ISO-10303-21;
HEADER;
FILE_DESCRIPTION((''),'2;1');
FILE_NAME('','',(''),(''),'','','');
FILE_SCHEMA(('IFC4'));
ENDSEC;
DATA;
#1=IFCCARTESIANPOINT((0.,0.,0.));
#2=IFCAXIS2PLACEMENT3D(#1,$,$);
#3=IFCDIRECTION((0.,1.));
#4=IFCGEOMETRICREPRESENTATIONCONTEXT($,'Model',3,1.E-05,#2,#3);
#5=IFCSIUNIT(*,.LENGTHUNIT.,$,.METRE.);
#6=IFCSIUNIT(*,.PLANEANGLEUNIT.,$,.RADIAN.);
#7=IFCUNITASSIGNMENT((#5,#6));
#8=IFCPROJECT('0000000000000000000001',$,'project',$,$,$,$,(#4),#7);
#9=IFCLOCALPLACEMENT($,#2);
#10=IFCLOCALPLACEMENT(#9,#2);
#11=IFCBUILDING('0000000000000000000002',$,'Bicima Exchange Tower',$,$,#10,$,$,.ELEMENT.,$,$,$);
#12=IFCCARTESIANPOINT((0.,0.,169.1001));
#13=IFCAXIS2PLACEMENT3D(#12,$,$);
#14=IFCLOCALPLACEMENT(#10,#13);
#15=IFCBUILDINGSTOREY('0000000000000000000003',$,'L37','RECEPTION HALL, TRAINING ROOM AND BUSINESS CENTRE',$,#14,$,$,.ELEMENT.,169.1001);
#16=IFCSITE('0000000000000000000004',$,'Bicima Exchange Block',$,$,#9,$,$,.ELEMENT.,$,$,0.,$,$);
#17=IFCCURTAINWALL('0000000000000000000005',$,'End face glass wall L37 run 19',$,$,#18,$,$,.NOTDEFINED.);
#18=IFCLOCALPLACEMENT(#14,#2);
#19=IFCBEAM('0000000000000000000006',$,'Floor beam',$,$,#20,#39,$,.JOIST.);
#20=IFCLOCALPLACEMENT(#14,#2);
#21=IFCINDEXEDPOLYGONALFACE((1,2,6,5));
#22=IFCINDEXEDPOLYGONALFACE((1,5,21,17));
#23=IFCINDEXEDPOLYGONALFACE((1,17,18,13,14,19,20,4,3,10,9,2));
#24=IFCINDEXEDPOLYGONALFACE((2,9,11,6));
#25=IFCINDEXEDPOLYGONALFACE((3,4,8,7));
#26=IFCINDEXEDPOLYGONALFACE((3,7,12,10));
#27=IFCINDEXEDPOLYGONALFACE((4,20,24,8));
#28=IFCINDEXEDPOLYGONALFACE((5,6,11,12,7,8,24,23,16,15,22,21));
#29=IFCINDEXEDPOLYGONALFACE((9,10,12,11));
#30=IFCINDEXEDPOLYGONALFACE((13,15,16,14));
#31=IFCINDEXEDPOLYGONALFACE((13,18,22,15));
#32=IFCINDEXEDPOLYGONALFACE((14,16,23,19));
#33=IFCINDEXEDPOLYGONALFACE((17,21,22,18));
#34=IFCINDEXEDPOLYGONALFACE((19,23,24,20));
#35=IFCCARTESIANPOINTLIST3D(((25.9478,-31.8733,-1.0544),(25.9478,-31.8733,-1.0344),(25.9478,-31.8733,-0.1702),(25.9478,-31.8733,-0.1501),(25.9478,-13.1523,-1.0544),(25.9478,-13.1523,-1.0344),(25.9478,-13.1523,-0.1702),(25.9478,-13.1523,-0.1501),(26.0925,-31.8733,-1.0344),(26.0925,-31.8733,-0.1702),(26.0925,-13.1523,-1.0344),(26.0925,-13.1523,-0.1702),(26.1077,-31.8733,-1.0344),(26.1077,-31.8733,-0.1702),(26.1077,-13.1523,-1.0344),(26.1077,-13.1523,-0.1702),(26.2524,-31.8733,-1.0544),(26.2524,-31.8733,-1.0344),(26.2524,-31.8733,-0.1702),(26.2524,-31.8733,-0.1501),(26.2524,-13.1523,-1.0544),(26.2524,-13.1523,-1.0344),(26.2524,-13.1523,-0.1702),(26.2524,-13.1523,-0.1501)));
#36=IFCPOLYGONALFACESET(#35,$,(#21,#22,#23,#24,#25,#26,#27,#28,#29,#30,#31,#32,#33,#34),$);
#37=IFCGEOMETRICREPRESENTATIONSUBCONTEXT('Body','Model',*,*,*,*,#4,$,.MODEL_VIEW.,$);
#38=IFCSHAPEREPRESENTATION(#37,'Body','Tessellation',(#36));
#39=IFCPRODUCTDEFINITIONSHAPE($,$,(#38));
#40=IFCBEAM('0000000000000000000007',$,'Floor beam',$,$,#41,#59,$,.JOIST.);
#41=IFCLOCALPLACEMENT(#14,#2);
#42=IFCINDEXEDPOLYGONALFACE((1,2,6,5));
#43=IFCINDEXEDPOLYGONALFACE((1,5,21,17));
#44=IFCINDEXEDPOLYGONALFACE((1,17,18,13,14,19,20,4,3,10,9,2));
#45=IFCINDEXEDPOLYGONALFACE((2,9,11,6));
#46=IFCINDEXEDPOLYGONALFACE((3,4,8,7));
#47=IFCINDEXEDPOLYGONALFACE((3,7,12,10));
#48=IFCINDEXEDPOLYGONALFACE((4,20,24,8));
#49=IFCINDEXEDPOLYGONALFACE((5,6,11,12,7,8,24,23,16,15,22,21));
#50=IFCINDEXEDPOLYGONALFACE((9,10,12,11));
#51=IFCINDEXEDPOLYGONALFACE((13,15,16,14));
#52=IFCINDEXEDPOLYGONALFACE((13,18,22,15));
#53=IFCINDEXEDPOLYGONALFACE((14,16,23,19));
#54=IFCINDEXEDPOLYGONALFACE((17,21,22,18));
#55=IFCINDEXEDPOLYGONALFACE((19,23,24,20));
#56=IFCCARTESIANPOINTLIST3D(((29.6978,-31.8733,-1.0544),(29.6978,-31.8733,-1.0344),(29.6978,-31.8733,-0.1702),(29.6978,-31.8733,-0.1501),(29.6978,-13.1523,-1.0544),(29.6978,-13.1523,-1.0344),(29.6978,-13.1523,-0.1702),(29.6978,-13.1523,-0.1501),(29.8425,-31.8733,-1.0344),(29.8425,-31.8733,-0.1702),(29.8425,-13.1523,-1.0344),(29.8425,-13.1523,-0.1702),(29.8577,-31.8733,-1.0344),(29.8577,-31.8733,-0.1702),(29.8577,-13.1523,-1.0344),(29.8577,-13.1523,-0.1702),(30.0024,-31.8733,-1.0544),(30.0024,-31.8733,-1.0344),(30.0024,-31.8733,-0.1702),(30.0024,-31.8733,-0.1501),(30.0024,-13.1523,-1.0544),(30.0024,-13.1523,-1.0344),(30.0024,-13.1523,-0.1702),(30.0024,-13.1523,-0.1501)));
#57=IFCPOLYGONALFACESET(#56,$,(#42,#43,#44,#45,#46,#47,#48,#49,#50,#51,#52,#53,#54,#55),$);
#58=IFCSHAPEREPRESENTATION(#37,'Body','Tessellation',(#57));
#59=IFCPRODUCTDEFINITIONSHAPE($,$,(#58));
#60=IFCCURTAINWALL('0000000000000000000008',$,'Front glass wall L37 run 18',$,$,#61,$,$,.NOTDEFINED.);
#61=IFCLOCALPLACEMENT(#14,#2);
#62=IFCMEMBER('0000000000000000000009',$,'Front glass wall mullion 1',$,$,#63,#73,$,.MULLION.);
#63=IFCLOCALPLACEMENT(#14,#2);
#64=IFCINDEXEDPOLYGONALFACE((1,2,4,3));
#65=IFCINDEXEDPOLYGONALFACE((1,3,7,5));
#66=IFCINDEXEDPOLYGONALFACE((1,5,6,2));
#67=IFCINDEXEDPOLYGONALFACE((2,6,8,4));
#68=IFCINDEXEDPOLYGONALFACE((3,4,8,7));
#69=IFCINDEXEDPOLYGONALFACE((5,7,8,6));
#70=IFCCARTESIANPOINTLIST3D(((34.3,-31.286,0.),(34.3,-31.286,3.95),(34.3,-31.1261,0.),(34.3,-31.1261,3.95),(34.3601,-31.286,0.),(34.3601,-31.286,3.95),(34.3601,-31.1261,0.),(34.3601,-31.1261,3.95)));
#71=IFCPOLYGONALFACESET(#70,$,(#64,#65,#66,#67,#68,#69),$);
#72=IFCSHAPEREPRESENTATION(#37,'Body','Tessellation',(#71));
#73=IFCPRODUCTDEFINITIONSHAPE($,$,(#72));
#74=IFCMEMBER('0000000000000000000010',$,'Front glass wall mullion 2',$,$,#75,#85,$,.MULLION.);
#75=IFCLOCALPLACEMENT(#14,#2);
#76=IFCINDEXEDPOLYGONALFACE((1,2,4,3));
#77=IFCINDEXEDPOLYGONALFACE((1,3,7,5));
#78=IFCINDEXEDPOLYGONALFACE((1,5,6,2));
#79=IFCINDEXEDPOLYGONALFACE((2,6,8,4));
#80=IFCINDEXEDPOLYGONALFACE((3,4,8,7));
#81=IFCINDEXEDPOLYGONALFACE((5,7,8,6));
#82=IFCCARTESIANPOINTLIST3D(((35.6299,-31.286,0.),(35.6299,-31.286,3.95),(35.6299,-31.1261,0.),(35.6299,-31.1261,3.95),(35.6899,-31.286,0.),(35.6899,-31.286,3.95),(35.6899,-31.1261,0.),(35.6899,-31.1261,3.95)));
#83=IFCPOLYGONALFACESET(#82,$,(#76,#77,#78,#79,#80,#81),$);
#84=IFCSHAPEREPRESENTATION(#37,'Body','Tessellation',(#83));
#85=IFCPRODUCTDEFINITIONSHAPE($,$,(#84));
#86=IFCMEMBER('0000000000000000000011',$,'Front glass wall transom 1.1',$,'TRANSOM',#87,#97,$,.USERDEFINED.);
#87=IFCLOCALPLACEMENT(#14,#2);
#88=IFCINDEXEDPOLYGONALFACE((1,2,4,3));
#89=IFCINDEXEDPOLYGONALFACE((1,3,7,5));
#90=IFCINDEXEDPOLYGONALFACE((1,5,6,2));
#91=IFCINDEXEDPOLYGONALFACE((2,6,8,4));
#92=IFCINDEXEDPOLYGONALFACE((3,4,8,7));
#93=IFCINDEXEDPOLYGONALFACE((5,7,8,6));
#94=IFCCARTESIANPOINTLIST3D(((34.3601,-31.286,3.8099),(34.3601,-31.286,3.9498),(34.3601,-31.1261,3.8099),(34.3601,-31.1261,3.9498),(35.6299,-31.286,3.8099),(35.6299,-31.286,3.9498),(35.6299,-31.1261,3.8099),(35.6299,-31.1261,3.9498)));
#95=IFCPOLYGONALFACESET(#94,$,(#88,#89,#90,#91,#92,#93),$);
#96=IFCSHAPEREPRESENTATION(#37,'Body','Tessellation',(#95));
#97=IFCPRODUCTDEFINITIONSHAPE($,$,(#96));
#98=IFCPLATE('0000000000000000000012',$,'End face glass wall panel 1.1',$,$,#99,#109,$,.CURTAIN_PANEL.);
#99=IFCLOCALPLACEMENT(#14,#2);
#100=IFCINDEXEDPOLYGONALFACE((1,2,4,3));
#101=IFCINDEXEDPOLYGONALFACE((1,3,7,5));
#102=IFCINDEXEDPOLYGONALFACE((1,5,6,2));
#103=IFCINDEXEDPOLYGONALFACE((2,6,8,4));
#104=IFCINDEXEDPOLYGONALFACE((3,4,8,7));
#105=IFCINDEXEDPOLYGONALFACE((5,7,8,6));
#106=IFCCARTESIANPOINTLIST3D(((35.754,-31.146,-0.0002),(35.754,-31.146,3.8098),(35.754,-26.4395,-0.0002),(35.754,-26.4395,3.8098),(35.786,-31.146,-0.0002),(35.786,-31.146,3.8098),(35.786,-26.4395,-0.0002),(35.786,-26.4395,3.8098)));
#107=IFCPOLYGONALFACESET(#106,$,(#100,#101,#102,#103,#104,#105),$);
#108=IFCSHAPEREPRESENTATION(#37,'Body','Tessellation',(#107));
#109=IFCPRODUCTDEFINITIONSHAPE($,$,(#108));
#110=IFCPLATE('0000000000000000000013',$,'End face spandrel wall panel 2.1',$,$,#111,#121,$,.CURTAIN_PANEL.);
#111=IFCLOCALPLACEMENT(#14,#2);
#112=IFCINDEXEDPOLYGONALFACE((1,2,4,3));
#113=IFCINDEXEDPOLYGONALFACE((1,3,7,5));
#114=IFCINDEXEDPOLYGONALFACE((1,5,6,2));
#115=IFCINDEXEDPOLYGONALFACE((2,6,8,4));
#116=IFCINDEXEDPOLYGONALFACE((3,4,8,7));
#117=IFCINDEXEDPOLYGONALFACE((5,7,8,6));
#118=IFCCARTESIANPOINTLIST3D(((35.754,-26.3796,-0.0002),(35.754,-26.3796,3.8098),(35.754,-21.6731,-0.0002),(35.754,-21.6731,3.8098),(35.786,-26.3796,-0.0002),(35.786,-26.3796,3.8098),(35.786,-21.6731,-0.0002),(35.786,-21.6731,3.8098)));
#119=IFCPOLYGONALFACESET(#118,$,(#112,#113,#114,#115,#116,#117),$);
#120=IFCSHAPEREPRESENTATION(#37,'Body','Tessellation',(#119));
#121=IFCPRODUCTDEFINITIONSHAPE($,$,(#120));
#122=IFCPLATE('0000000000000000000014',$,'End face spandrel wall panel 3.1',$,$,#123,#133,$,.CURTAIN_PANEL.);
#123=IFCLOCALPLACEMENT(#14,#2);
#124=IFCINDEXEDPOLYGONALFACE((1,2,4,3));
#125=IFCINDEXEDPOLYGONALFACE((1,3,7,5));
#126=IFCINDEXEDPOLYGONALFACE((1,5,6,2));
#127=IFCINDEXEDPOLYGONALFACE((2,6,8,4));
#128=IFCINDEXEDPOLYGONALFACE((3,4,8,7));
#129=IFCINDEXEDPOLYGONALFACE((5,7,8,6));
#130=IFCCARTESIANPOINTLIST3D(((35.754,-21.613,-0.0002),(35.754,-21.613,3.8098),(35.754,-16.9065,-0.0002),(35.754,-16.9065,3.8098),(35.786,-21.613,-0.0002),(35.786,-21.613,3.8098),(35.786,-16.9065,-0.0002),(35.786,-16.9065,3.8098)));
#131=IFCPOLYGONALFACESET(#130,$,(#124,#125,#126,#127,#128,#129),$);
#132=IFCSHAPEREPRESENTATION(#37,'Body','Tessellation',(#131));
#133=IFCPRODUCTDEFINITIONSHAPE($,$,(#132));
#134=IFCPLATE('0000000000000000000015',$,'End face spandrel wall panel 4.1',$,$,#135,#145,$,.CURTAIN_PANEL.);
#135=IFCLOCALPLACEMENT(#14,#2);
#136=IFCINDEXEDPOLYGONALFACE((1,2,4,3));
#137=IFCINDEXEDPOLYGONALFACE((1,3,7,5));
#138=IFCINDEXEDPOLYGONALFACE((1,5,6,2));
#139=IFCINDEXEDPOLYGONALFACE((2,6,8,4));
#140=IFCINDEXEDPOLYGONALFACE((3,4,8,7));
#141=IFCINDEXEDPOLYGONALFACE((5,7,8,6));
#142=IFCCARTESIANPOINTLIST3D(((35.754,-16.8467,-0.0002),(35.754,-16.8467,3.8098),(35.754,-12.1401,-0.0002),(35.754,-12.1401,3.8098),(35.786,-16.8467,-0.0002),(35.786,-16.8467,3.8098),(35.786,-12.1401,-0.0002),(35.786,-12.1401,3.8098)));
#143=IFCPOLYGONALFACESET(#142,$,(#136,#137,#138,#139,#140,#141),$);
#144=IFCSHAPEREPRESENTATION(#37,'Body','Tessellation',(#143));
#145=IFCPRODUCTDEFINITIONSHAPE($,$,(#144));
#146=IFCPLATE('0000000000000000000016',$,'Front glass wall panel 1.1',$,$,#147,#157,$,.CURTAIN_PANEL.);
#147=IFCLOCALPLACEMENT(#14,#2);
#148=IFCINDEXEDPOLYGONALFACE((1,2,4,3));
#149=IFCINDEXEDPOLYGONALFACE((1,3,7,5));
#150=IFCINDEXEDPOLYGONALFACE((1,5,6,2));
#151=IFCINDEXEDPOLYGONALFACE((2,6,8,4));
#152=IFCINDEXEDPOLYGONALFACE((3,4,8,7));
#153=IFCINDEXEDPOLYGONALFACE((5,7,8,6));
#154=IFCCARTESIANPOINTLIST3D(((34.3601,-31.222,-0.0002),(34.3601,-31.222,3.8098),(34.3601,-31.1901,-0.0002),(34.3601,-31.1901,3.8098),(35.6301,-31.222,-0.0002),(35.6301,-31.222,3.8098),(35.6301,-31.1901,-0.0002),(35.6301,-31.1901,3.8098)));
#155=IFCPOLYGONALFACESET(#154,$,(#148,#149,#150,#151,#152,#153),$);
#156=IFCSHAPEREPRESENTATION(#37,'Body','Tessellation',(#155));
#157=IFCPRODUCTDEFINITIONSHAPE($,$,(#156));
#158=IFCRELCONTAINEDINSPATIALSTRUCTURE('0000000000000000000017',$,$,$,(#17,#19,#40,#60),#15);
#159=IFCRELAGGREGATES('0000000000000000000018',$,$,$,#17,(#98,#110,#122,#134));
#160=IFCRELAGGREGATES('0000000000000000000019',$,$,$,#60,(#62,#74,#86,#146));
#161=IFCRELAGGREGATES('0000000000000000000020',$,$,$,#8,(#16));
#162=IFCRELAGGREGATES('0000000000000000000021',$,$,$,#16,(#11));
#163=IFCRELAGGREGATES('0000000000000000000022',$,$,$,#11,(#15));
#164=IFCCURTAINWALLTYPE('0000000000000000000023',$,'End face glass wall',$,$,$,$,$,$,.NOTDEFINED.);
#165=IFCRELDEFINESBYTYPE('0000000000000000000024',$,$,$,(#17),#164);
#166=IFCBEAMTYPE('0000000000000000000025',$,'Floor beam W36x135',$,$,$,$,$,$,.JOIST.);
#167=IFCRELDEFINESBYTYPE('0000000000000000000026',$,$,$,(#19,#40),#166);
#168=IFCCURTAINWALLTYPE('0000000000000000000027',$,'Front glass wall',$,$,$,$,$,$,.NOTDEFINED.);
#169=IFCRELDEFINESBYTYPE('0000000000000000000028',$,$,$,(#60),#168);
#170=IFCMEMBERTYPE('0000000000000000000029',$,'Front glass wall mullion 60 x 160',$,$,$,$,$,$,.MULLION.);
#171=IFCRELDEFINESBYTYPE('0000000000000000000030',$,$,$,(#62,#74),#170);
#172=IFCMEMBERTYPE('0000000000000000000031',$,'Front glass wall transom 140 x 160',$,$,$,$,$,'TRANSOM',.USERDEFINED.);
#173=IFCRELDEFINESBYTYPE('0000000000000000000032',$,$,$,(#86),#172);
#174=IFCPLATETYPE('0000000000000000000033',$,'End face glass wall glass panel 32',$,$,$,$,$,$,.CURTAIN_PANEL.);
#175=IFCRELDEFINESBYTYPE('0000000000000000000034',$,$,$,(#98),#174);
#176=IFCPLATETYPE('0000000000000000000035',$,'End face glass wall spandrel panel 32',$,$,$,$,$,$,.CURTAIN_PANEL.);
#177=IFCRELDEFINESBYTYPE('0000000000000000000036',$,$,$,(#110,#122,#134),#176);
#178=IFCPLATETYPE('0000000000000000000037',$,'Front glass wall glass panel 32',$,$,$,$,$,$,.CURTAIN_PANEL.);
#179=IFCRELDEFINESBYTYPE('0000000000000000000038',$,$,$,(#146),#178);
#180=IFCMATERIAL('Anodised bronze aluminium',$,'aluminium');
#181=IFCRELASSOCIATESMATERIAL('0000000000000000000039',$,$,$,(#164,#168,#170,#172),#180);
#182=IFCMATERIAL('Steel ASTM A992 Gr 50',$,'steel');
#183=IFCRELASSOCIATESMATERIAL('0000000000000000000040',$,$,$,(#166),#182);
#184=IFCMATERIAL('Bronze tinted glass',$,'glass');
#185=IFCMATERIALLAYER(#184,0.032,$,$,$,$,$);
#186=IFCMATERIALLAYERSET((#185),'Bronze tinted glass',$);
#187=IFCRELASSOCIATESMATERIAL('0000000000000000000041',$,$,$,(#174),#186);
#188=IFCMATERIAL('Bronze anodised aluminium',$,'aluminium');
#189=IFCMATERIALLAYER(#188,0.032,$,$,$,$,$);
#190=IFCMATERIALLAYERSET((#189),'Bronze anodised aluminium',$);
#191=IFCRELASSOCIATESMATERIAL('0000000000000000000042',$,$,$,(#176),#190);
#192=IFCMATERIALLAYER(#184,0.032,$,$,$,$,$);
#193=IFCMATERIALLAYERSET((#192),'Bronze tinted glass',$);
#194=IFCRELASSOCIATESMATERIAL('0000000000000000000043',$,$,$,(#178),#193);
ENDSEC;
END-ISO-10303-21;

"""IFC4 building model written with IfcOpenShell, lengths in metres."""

from ifc_helpers import new_model, si_unit, direction, frame, origin, origin_2d, place, context, subcontext, project, spatial, rectangle, i_section, extrude, material, layer, layer_set, material_profile, profile_set, type_object, element, aggregate, save


model = new_model("IFC4")

# Units and contexts
model_context = context("Model", 3, precision=1e-05, world=origin(), true_north=direction((0.0, 1.0)))
body_context = subcontext(model_context, "Body", "Model", "MODEL_VIEW")
ifc_project = project(units=[si_unit("LENGTHUNIT", "METRE"), si_unit("PLANEANGLEUNIT", "RADIAN")], contexts=[model_context])

# Site, building, storey
site_placement = place(None, origin())
site = spatial("IfcSite", under=ifc_project, at=site_placement, Name="Bicima Exchange Block", CompositionType="ELEMENT", RefElevation=0.0)
building_placement = place(site_placement, origin())
building = spatial("IfcBuilding", under=site, at=building_placement, Name="Bicima Exchange Tower", CompositionType="ELEMENT")
storey_placement = place(building_placement, frame((0.0, 0.0, 169.1001)))
storey = spatial("IfcBuildingStorey", under=building, at=storey_placement, Name="L37", Description="RECEPTION HALL, TRAINING ROOM AND BUSINESS CENTRE", CompositionType="ELEMENT", Elevation=169.1001)

# Shared definitions
ifc_material_1 = material(Name="Steel ASTM A992 Gr 50", Category="steel")

# Curtain wall
ifc_material_2 = material(Name="Anodised bronze aluminium", Category="aluminium")
curtain_wall_type_1 = type_object("IfcCurtainWallType", Name="End face glass wall", PredefinedType="NOTDEFINED", material=ifc_material_2)
curtain_wall_1_placement = place(storey_placement, origin())
curtain_wall_1 = element("IfcCurtainWall", 1, at=curtain_wall_1_placement, inside=storey, type_object=curtain_wall_type_1, Name="End face glass wall L37 run 19", PredefinedType="NOTDEFINED")
ifc_material_profile_1 = material_profile(ifc_material_2, rectangle(XDim=0.1599, YDim=0.0601, at=origin_2d()))
ifc_profile_set_1 = profile_set([ifc_material_profile_1], Name="Anodised bronze aluminium")
ifc_material_profile_2 = material_profile(ifc_material_2, rectangle(XDim=0.1599, YDim=0.1399, at=origin_2d()))
ifc_profile_set_2 = profile_set([ifc_material_profile_2], Name="Anodised bronze aluminium")

# Beams
ifc_material_profile_3 = material_profile(ifc_material_1, i_section(OverallWidth=0.3047, OverallDepth=0.9043, WebThickness=0.0151, FlangeThickness=0.02, at=origin_2d()))
ifc_profile_set_3 = profile_set([ifc_material_profile_3], Name="Steel ASTM A992 Gr 50")
beam_type_1 = type_object("IfcBeamType", Name="Floor beam W36x135", PredefinedType="JOIST", material=ifc_profile_set_3)
for number, where, z_axis, x_axis, name in (
    (2, (26.1001, -13.1523, -0.6023), (0.0, -1.0, 0.0), (1.0, 0.0, 0.0), "Floor beam"),
    (3, (29.8501, -13.1523, -0.6023), (0.0, -1.0, 0.0), (1.0, 0.0, 0.0), "Floor beam"),
):
    element("IfcBeam", number, at=place(storey_placement, frame(where, z_axis=z_axis, x_axis=x_axis)), inside=storey, type_object=beam_type_1, Name=name, PredefinedType="JOIST", context=body_context, shape_type="SweptSolid", body=[
        extrude(i_section(OverallWidth=0.3047, OverallDepth=0.9043, WebThickness=0.0151, FlangeThickness=0.02, at=origin_2d()), origin(), (0.0, 0.0, 1.0), 18.7209),
    ])

# Curtain wall, members
curtain_wall_type_2 = type_object("IfcCurtainWallType", Name="Front glass wall", PredefinedType="NOTDEFINED", material=ifc_material_2)
curtain_wall_2_placement = place(storey_placement, origin())
curtain_wall_2 = element("IfcCurtainWall", 4, at=curtain_wall_2_placement, inside=storey, type_object=curtain_wall_type_2, Name="Front glass wall L37 run 18", PredefinedType="NOTDEFINED")
member_type_1 = type_object("IfcMemberType", Name="Front glass wall mullion 60 x 160", PredefinedType="MULLION", material=ifc_profile_set_1)
member_1_placement = place(storey_placement, frame((34.3301, -31.2061, 0.0), z_axis=(0.0, 0.0, 1.0), x_axis=(0.0, 1.0, 0.0)))
member_1 = element("IfcMember", 5, at=member_1_placement, type_object=member_type_1, Name="Front glass wall mullion 1", PredefinedType="MULLION", context=body_context, shape_type="SweptSolid", body=[
    extrude(rectangle(XDim=0.1599, YDim=0.0601, at=origin_2d()), origin(), (0.0, 0.0, 1.0), 3.95),
])
member_2_placement = place(storey_placement, frame((35.6599, -31.2061, 0.0), z_axis=(0.0, 0.0, 1.0), x_axis=(0.0, 1.0, 0.0)))
member_2 = element("IfcMember", 6, at=member_2_placement, type_object=member_type_1, Name="Front glass wall mullion 2", PredefinedType="MULLION", context=body_context, shape_type="SweptSolid", body=[
    extrude(rectangle(XDim=0.1599, YDim=0.0601, at=origin_2d()), origin(), (0.0, 0.0, 1.0), 3.95),
])
member_type_2 = type_object("IfcMemberType", Name="Front glass wall transom 140 x 160", ElementType="TRANSOM", PredefinedType="USERDEFINED", material=ifc_profile_set_2)
member_3_placement = place(storey_placement, frame((34.3601, -31.2061, 3.8799), z_axis=(1.0, 0.0, 0.0), x_axis=(0.0, 1.0, 0.0)))
member_3 = element("IfcMember", 7, at=member_3_placement, type_object=member_type_2, Name="Front glass wall transom 1.1", ObjectType="TRANSOM", PredefinedType="USERDEFINED", context=body_context, shape_type="SweptSolid", body=[
    extrude(rectangle(XDim=0.1599, YDim=0.1399, at=origin_2d()), origin(), (0.0, 0.0, 1.0), 1.2698),
])

# Plates
ifc_material_3 = material(Name="Bronze tinted glass", Category="glass")
ifc_layer_1 = layer(ifc_material_3, 0.032)
ifc_layer_set_1 = layer_set([ifc_layer_1], Name="Bronze tinted glass")
plate_type_1 = type_object("IfcPlateType", Name="End face glass wall glass panel 32", PredefinedType="CURTAIN_PANEL", material=ifc_layer_set_1)
plate_1_placement = place(storey_placement, frame((35.77, -28.7927, -0.0002), z_axis=(0.0, 0.0, 1.0), x_axis=(0.0, 1.0, 0.0)))
plate_1 = element("IfcPlate", 8, at=plate_1_placement, type_object=plate_type_1, Name="End face glass wall panel 1.1", PredefinedType="CURTAIN_PANEL", context=body_context, shape_type="SweptSolid", body=[
    extrude(rectangle(XDim=4.7065, YDim=0.032, at=origin_2d()), origin(), (0.0, 0.0, 1.0), 3.8101),
])
ifc_material_4 = material(Name="Bronze anodised aluminium", Category="aluminium")
ifc_layer_2 = layer(ifc_material_4, 0.032)
ifc_layer_set_2 = layer_set([ifc_layer_2], Name="Bronze anodised aluminium")
plate_type_2 = type_object("IfcPlateType", Name="End face glass wall spandrel panel 32", PredefinedType="CURTAIN_PANEL", material=ifc_layer_set_2)
plate_2_placement = place(storey_placement, frame((35.77, -24.0264, -0.0002), z_axis=(0.0, 0.0, 1.0), x_axis=(0.0, 1.0, 0.0)))
plate_2 = element("IfcPlate", 9, at=plate_2_placement, type_object=plate_type_2, Name="End face spandrel wall panel 2.1", PredefinedType="CURTAIN_PANEL", context=body_context, shape_type="SweptSolid", body=[
    extrude(rectangle(XDim=4.7065, YDim=0.032, at=origin_2d()), origin(), (0.0, 0.0, 1.0), 3.8101),
])
plate_3_placement = place(storey_placement, frame((35.77, -19.2598, -0.0002), z_axis=(0.0, 0.0, 1.0), x_axis=(0.0, 1.0, 0.0)))
plate_3 = element("IfcPlate", 10, at=plate_3_placement, type_object=plate_type_2, Name="End face spandrel wall panel 3.1", PredefinedType="CURTAIN_PANEL", context=body_context, shape_type="SweptSolid", body=[
    extrude(rectangle(XDim=4.7065, YDim=0.032, at=origin_2d()), origin(), (0.0, 0.0, 1.0), 3.8101),
])
plate_4_placement = place(storey_placement, frame((35.77, -14.4934, -0.0002), z_axis=(0.0, 0.0, 1.0), x_axis=(0.0, 1.0, 0.0)))
plate_4 = element("IfcPlate", 11, at=plate_4_placement, type_object=plate_type_2, Name="End face spandrel wall panel 4.1", PredefinedType="CURTAIN_PANEL", context=body_context, shape_type="SweptSolid", body=[
    extrude(rectangle(XDim=4.7065, YDim=0.032, at=origin_2d()), origin(), (0.0, 0.0, 1.0), 3.8101),
])
aggregate(curtain_wall_1, [plate_1, plate_2, plate_3, plate_4])
ifc_layer_3 = layer(ifc_material_3, 0.032)
ifc_layer_set_3 = layer_set([ifc_layer_3], Name="Bronze tinted glass")
plate_type_3 = type_object("IfcPlateType", Name="Front glass wall glass panel 32", PredefinedType="CURTAIN_PANEL", material=ifc_layer_set_3)
plate_5_placement = place(storey_placement, frame((34.9951, -31.2061, -0.0002), z_axis=(0.0, 0.0, 1.0), x_axis=(1.0, 0.0, 0.0)))
plate_5 = element("IfcPlate", 12, at=plate_5_placement, type_object=plate_type_3, Name="Front glass wall panel 1.1", PredefinedType="CURTAIN_PANEL", context=body_context, shape_type="SweptSolid", body=[
    extrude(rectangle(XDim=1.27, YDim=0.032, at=origin_2d()), origin(), (0.0, 0.0, 1.0), 3.8101),
])
aggregate(curtain_wall_2, [member_1, member_2, member_3, plate_5])

save(model, "model.ifc")
